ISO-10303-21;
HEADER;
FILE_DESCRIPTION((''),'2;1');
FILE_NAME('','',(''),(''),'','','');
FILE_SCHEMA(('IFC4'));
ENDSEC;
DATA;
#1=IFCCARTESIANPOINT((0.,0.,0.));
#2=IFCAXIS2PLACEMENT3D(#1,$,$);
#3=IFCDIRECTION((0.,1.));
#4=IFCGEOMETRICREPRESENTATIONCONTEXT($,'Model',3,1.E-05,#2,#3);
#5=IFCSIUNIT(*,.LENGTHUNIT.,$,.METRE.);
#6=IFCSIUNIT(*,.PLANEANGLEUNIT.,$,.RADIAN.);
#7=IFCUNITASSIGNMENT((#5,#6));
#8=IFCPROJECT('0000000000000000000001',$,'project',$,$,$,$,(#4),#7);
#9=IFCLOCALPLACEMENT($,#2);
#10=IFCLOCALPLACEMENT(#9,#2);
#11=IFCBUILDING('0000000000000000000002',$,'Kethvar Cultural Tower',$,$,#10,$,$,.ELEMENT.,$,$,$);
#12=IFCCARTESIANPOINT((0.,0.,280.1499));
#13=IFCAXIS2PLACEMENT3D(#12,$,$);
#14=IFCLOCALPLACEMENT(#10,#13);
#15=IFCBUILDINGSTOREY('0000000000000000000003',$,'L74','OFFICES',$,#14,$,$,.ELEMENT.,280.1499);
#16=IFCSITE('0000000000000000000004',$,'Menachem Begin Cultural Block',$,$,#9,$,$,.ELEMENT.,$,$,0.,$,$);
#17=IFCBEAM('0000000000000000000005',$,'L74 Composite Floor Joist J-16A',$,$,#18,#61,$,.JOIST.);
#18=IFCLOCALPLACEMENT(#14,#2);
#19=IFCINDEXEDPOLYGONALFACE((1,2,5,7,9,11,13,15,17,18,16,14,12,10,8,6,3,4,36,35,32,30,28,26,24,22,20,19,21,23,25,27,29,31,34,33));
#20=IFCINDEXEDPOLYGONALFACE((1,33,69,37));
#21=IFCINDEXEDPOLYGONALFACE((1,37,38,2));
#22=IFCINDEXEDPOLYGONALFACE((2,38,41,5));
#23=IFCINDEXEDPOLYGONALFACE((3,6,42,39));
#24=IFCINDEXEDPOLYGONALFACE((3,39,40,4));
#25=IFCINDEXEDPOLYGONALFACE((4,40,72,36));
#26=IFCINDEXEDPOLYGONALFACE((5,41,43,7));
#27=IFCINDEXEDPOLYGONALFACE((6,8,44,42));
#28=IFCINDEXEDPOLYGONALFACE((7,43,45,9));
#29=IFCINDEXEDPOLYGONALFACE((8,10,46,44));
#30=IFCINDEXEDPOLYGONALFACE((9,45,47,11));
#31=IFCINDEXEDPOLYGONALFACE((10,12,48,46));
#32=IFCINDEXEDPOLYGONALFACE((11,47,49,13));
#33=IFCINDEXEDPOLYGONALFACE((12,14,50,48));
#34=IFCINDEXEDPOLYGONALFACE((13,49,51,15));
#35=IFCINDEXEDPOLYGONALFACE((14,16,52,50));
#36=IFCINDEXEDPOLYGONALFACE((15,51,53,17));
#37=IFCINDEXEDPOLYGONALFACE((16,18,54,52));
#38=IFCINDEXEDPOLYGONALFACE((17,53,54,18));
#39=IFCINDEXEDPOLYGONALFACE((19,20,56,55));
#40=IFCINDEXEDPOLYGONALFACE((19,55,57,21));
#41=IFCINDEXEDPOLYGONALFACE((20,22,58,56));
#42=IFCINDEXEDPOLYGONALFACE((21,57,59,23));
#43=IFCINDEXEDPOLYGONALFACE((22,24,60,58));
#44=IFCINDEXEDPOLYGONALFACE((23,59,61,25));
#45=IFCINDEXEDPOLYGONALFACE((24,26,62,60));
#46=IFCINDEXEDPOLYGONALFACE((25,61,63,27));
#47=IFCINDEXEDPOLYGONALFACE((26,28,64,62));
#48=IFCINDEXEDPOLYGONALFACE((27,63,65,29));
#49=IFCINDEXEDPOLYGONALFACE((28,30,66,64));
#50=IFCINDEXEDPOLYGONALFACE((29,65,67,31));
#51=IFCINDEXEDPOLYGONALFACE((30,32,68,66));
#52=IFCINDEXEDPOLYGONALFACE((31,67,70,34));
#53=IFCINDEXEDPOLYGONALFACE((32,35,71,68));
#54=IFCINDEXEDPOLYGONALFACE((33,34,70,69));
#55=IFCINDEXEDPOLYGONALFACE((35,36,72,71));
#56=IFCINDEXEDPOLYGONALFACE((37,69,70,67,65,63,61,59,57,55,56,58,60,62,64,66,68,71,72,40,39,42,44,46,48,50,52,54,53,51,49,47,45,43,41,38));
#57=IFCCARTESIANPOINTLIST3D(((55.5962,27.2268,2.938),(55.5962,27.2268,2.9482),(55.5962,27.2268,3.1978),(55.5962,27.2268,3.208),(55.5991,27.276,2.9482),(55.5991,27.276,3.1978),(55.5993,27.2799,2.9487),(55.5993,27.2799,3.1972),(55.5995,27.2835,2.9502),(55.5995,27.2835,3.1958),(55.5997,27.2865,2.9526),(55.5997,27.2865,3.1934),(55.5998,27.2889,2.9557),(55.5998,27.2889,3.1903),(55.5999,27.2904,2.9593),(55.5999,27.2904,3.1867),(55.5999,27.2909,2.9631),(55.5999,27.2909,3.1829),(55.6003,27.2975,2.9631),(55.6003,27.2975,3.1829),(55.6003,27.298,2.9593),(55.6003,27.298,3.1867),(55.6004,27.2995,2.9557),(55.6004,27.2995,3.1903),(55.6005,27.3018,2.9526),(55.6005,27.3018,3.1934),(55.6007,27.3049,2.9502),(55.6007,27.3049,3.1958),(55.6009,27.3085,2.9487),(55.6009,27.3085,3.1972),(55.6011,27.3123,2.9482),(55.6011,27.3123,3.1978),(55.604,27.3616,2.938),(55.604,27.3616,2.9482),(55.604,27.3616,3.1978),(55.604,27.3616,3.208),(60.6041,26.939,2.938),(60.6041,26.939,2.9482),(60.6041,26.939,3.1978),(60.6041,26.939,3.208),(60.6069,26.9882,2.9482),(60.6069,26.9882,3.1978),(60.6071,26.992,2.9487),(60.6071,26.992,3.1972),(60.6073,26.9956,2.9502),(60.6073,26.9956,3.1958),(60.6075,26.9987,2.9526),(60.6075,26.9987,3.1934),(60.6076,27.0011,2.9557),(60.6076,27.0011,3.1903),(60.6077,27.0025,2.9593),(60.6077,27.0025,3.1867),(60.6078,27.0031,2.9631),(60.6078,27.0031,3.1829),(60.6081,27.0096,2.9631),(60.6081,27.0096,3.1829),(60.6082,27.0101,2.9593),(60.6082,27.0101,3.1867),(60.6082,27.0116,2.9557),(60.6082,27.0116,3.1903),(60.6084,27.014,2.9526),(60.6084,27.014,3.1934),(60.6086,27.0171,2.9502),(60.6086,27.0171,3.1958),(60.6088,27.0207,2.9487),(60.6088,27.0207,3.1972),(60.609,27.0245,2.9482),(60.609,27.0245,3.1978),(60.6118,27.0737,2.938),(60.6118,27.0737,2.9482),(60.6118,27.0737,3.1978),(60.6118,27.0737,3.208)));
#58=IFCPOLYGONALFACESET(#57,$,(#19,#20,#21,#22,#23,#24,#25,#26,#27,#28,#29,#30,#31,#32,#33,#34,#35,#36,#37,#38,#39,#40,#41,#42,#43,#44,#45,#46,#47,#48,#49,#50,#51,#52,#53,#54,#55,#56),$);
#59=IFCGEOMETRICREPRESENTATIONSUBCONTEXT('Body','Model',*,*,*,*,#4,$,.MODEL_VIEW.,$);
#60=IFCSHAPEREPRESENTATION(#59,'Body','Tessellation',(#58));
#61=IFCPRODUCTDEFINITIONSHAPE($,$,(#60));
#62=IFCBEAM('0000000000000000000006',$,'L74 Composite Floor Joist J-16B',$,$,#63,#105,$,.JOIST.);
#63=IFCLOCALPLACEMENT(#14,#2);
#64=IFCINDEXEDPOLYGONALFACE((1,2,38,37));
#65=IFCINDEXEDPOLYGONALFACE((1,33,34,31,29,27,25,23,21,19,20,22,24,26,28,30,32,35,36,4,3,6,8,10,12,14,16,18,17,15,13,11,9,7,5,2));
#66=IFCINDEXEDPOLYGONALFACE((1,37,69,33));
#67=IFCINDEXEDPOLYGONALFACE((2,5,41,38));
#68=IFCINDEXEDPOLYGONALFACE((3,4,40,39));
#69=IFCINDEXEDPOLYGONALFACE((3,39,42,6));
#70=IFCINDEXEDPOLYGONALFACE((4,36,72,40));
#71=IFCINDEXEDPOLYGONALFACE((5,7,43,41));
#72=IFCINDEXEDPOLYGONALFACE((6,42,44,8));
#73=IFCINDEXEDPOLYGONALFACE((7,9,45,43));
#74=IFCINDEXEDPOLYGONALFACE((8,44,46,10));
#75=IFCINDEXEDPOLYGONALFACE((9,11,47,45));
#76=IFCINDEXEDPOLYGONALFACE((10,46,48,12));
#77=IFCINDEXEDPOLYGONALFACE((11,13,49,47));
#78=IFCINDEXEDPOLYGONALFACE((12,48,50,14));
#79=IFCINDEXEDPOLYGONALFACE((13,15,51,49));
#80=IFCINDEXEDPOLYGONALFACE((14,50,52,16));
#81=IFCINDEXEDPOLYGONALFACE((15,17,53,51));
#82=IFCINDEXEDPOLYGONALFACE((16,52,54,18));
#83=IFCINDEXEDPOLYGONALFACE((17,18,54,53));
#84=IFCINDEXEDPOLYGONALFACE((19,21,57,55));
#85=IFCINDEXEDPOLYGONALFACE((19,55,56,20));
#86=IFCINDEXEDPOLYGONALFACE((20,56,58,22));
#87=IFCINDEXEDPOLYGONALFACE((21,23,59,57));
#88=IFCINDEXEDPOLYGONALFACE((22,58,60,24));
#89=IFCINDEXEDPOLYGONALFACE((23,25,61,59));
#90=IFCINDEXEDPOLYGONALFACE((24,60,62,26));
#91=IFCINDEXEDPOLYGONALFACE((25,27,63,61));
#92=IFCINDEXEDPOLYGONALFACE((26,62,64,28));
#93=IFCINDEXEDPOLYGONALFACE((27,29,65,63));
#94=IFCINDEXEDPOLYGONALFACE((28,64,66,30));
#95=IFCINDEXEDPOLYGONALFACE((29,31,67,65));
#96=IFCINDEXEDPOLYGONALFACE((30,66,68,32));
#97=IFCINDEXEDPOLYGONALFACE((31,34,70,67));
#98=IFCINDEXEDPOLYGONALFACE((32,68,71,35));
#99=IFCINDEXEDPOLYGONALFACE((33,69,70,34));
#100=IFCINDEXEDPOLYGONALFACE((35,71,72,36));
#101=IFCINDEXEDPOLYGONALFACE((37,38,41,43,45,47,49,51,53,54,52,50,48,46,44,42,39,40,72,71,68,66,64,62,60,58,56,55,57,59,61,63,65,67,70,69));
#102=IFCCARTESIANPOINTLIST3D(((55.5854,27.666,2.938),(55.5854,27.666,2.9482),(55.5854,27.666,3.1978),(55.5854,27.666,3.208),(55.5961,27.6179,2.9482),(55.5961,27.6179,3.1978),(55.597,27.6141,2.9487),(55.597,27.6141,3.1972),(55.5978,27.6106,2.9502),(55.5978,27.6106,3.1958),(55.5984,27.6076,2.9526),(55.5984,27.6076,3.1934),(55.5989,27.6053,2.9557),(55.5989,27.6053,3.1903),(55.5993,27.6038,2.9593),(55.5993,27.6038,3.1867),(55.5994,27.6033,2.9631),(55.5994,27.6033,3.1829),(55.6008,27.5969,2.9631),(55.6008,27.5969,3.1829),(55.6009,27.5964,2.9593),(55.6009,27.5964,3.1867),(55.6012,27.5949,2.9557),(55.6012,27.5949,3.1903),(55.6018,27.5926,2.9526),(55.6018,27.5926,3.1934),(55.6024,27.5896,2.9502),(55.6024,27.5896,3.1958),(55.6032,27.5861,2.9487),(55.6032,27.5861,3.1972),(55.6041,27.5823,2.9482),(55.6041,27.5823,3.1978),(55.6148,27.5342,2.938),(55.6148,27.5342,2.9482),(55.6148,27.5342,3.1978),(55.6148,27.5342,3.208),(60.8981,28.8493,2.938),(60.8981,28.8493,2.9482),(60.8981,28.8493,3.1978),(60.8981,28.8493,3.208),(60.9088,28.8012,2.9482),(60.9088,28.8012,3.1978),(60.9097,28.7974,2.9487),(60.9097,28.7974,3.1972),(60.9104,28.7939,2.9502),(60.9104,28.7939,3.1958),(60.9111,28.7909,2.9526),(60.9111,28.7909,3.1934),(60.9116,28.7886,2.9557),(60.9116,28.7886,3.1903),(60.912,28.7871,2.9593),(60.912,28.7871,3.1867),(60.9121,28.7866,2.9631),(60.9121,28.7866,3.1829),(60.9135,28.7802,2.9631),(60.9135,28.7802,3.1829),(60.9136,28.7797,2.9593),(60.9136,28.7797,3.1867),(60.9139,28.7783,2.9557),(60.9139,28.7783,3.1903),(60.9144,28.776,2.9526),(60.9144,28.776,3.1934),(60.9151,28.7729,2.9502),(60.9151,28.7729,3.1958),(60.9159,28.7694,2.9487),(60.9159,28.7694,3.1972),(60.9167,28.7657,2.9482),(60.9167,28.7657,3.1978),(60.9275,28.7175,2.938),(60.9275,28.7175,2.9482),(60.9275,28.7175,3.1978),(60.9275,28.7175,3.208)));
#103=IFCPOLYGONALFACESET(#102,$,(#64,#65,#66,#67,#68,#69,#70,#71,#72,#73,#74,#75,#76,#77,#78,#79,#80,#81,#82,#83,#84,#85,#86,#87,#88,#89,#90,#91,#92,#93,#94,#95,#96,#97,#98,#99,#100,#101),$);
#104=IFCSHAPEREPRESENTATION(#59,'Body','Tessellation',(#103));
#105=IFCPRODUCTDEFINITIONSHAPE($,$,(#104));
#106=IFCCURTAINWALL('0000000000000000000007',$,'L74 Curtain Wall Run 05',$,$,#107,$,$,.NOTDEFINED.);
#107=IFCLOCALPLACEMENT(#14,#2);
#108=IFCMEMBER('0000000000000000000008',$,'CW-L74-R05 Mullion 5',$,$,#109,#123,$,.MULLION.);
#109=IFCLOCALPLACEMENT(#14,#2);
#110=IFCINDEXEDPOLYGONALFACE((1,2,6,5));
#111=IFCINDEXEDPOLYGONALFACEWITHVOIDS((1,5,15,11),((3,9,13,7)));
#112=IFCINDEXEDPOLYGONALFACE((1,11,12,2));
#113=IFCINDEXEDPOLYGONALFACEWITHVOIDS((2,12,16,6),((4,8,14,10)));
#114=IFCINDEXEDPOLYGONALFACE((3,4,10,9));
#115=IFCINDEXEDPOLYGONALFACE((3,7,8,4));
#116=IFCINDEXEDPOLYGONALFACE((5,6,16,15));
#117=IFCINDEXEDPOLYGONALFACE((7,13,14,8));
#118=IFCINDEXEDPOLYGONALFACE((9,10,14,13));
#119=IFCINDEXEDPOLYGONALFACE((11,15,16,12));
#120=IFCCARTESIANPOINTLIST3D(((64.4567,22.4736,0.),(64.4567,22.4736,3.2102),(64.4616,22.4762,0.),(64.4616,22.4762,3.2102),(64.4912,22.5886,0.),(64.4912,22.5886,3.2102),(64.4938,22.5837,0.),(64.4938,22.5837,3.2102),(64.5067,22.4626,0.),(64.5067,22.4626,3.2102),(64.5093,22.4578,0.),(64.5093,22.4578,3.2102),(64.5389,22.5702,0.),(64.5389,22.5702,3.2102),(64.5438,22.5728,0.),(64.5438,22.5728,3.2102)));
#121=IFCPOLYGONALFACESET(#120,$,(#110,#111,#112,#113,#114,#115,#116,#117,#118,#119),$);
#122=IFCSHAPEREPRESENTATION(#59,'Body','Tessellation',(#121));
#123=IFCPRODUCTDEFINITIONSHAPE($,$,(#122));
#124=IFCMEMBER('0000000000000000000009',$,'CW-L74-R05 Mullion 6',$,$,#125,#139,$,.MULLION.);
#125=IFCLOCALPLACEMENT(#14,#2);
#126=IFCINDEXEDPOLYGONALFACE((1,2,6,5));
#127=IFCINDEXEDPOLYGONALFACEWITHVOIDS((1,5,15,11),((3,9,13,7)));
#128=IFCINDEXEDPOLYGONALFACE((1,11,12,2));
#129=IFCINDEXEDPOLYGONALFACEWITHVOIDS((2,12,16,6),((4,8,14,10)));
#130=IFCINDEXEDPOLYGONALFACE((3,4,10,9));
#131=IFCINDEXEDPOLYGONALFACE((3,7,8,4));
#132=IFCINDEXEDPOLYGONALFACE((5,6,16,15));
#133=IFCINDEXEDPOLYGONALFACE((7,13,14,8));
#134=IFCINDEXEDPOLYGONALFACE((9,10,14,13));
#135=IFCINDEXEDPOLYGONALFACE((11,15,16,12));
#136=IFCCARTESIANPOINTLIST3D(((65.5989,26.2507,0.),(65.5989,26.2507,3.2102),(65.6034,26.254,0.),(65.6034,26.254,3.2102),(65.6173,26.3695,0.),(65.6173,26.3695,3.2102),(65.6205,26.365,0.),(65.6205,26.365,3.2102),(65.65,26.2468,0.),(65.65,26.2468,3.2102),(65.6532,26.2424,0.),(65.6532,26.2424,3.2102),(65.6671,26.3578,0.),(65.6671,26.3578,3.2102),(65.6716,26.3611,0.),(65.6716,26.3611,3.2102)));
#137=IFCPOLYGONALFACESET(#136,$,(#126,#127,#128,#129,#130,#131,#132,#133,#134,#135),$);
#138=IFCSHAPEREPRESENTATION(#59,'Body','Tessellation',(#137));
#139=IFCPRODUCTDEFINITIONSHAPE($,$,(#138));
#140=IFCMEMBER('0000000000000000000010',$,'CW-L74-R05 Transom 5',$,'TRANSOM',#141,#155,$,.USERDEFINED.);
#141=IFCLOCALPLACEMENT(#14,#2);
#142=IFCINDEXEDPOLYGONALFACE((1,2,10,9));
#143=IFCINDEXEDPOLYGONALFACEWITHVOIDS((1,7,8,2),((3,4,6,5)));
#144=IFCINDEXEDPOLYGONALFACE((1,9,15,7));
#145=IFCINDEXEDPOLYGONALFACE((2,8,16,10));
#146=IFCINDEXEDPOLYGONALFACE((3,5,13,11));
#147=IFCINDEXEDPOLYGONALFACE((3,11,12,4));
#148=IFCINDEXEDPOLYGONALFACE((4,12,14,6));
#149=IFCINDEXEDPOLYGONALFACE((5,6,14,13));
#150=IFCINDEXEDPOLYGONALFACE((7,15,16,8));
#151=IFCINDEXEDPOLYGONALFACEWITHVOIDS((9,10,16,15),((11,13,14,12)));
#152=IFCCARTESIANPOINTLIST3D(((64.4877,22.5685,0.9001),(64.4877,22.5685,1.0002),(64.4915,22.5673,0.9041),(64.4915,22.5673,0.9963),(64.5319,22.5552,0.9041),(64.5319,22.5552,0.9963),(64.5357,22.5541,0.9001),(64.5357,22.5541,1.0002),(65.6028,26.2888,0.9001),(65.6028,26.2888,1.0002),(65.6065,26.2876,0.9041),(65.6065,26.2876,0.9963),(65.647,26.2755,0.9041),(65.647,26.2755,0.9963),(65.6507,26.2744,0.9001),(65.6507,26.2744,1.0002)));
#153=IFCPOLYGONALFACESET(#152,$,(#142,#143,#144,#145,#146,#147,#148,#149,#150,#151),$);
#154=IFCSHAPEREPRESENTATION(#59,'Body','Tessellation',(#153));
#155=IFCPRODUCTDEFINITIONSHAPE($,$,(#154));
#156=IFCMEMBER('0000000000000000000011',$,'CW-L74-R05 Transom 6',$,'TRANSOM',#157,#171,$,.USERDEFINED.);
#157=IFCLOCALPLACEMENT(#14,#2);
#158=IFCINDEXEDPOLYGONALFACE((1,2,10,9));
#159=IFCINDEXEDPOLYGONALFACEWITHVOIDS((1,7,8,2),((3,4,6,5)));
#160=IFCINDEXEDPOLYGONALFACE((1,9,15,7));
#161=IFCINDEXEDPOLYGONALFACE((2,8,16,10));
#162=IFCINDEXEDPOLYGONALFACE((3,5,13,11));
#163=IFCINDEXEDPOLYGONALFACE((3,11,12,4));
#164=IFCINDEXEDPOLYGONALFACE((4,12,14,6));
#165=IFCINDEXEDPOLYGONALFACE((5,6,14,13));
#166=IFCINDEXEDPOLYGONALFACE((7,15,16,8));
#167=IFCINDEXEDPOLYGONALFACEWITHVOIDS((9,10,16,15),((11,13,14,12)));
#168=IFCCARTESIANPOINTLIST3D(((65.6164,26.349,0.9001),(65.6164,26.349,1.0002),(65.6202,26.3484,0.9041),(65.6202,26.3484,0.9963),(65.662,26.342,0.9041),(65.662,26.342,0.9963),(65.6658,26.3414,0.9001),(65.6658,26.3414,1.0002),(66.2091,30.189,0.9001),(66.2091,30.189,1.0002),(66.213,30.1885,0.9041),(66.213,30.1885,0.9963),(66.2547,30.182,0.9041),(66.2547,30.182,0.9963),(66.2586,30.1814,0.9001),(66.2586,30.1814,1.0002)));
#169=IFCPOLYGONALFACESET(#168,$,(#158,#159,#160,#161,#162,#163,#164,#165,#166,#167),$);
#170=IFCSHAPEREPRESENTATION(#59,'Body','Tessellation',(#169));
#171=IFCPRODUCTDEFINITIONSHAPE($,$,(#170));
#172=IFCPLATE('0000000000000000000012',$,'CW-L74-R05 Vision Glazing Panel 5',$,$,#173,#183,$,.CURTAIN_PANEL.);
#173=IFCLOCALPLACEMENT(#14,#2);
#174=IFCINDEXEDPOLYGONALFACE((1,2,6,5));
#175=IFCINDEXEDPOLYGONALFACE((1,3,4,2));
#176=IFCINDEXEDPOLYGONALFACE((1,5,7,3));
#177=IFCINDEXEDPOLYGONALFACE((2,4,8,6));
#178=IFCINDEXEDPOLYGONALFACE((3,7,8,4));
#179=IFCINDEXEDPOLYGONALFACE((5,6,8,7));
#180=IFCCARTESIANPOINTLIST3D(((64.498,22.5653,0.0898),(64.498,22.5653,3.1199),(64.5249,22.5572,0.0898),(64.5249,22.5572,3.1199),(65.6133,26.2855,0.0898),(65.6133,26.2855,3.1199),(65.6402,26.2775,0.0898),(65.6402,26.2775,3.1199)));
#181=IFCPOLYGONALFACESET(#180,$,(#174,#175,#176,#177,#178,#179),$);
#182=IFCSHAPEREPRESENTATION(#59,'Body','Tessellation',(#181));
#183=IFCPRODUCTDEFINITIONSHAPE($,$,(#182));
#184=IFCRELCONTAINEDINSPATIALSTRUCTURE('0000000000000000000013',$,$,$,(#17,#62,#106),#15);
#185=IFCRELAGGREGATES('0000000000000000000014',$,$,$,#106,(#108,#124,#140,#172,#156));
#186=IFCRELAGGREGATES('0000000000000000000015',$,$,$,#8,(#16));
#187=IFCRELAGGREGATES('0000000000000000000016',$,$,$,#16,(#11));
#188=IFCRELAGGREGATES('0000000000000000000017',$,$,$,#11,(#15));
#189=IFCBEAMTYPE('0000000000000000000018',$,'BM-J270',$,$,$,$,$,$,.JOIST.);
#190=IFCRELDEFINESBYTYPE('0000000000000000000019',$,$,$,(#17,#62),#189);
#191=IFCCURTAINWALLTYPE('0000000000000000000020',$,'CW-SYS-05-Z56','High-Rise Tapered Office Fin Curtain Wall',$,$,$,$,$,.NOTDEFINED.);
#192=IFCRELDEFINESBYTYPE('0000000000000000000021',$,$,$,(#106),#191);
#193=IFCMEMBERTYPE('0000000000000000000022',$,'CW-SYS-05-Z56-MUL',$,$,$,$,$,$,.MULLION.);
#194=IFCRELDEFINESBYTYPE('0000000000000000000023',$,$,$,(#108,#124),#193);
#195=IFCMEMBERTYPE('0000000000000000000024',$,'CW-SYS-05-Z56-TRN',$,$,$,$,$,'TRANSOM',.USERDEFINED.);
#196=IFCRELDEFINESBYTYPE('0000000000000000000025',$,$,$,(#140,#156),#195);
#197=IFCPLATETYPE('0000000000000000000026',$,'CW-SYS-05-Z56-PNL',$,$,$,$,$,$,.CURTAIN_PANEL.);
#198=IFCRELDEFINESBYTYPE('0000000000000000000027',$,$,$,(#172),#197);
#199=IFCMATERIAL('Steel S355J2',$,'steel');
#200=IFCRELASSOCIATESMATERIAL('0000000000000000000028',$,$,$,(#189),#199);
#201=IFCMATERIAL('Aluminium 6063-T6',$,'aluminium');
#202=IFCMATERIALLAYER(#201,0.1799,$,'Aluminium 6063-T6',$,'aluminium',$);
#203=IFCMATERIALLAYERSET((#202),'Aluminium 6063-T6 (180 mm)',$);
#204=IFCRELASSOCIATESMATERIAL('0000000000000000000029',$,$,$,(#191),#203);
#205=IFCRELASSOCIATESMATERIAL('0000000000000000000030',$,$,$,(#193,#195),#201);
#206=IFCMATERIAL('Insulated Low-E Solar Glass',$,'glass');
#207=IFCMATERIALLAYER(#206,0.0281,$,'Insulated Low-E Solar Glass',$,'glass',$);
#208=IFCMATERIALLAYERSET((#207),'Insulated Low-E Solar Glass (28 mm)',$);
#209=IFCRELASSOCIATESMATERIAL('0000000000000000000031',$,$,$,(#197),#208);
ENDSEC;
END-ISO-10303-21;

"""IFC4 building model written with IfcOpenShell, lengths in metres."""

from ifc_helpers import new_model, si_unit, direction, frame, origin, origin_2d, place, context, subcontext, project, spatial, rectangle, hollow_rectangle, i_section, extrude, source, transform, mapped, material, layer, layer_set, material_profile, profile_set, type_object, element, aggregate, save


model = new_model("IFC4")

# Units and contexts
model_context = context("Model", 3, precision=1e-05, world=origin(), true_north=direction((0.0, 1.0)))
body_context = subcontext(model_context, "Body", "Model", "MODEL_VIEW")
ifc_project = project(units=[si_unit("LENGTHUNIT", "METRE"), si_unit("PLANEANGLEUNIT", "RADIAN")], contexts=[model_context])

# Site, building, storey
site_placement = place(None, origin())
site = spatial("IfcSite", under=ifc_project, at=site_placement, Name="Menachem Begin Cultural Block", CompositionType="ELEMENT", RefElevation=0.0)
building_placement = place(site_placement, origin())
building = spatial("IfcBuilding", under=site, at=building_placement, Name="Kethvar Cultural Tower", CompositionType="ELEMENT")
storey_placement = place(building_placement, frame((0.0, 0.0, 280.1499)))
storey = spatial("IfcBuildingStorey", under=building, at=storey_placement, Name="L74", Description="OFFICES", CompositionType="ELEMENT", Elevation=280.1499)

# Shared definitions
ifc_material_1 = material(Name="Steel S355J2", Category="steel")

# Beams
ifc_material_profile_1 = material_profile(ifc_material_1, i_section(OverallWidth=0.135, OverallDepth=0.27, WebThickness=0.0066, FlangeThickness=0.0103, FilletRadius=0.0149, at=origin_2d()), Name="Steel S355J2 — IPE270")
ifc_profile_set_1 = profile_set([ifc_material_profile_1], Name="Steel S355J2 — IPE270")
beam_type_1 = type_object("IfcBeamType", Name="BM-J270", PredefinedType="JOIST", material=ifc_profile_set_1)
shared_shape_1 = source(origin(), body_context, "Body", "SweptSolid", [
    extrude(i_section(OverallWidth=0.135, OverallDepth=0.27, WebThickness=0.0066, FlangeThickness=0.0103, FilletRadius=0.0149, at=origin_2d()), origin(), (0.0, 0.0, 1.0), 5.0161),
])
beam_1_placement = place(storey_placement, frame((55.6001, 27.2942, 3.073), z_axis=(0.998352, -0.057384, 0.0), x_axis=(0.057384, 0.998352, 0.0)))
element("IfcBeam", 1, at=beam_1_placement, inside=storey, type_object=beam_type_1, Name="L74 Composite Floor Joist J-16A", PredefinedType="JOIST", context=body_context, shape_type="MappedRepresentation", body=[
    mapped(shared_shape_1, transform((0.0, 0.0, 0.0), scale=1.0)),
])
shared_shape_2 = source(origin(), body_context, "Body", "SweptSolid", [
    extrude(i_section(OverallWidth=0.135, OverallDepth=0.27, WebThickness=0.0066, FlangeThickness=0.0103, FilletRadius=0.0149, at=origin_2d()), origin(), (0.0, 0.0, 1.0), 5.4429),
])
beam_2_placement = place(storey_placement, frame((55.6001, 27.6001, 3.073), z_axis=(0.97608, 0.21741, 0.0), x_axis=(-0.21741, 0.97608, 0.0)))
element("IfcBeam", 2, at=beam_2_placement, inside=storey, type_object=beam_type_1, Name="L74 Composite Floor Joist J-16B", PredefinedType="JOIST", context=body_context, shape_type="MappedRepresentation", body=[
    mapped(shared_shape_2, transform((0.0, 0.0, 0.0), scale=1.0)),
])

# Curtain wall, members, plate
ifc_material_2 = material(Name="Aluminium 6063-T6", Category="aluminium")
ifc_layer_1 = layer(ifc_material_2, 0.1799, Name="Aluminium 6063-T6", Category="aluminium")
ifc_layer_set_1 = layer_set([ifc_layer_1], Name="Aluminium 6063-T6 (180 mm)")
curtain_wall_type = type_object("IfcCurtainWallType", Name="CW-SYS-05-Z56", Description="High-Rise Tapered Office Fin Curtain Wall", PredefinedType="NOTDEFINED", material=ifc_layer_set_1)
curtain_wall_placement = place(storey_placement, origin())
curtain_wall = element("IfcCurtainWall", 3, at=curtain_wall_placement, inside=storey, type_object=curtain_wall_type, Name="L74 Curtain Wall Run 05", PredefinedType="NOTDEFINED")
ifc_material_profile_2 = material_profile(ifc_material_2, hollow_rectangle(XDim=0.0549, YDim=0.1201, WallThickness=0.0039, at=origin_2d()), Name="Aluminium 6063-T6 — RHS120x55x4")
ifc_profile_set_2 = profile_set([ifc_material_profile_2], Name="Aluminium 6063-T6 — RHS120x55x4")
member_type_1 = type_object("IfcMemberType", Name="CW-SYS-05-Z56-MUL", PredefinedType="MULLION", material=ifc_profile_set_2)
shared_shape_3 = source(origin(), body_context, "Body", "SweptSolid", [
    extrude(hollow_rectangle(XDim=0.0549, YDim=0.1201, WallThickness=0.0039, at=origin_2d()), origin(), (0.0, 0.0, 1.0), 3.2102),
])
member_1_placement = place(storey_placement, frame((64.5002, 22.5232, 0.0), z_axis=(0.0, 0.0, 1.0), x_axis=(-0.957883, 0.28716, 0.0)))
member_1 = element("IfcMember", 4, at=member_1_placement, type_object=member_type_1, Name="CW-L74-R05 Mullion 5", PredefinedType="MULLION", context=body_context, shape_type="MappedRepresentation", body=[
    mapped(shared_shape_3, transform((0.0, 0.0, 0.0), scale=1.0)),
])
member_2_placement = place(storey_placement, frame((65.6353, 26.3059, 0.0), z_axis=(0.0, 0.0, 1.0), x_axis=(-0.988295, 0.152555, 0.0)))
member_2 = element("IfcMember", 5, at=member_2_placement, type_object=member_type_1, Name="CW-L74-R05 Mullion 6", PredefinedType="MULLION", context=body_context, shape_type="MappedRepresentation", body=[
    mapped(shared_shape_3, transform((0.0, 0.0, 0.0), scale=1.0)),
])
ifc_material_profile_3 = material_profile(ifc_material_2, hollow_rectangle(XDim=0.05, YDim=0.1001, WallThickness=0.0039, at=origin_2d()), Name="Aluminium 6063-T6 — RHS100x50x4")
ifc_profile_set_3 = profile_set([ifc_material_profile_3], Name="Aluminium 6063-T6 — RHS100x50x4")
member_type_2 = type_object("IfcMemberType", Name="CW-SYS-05-Z56-TRN", ElementType="TRANSOM", PredefinedType="USERDEFINED", material=ifc_profile_set_3)
shared_shape_4 = source(origin(), body_context, "Body", "SweptSolid", [
    extrude(hollow_rectangle(XDim=0.05, YDim=0.1001, WallThickness=0.0039, at=origin_2d()), origin(), (0.0, 0.0, 1.0), 3.8838),
])
member_3_placement = place(storey_placement, frame((64.5117, 22.5613, 0.9502), z_axis=(0.287094, 0.957902, 0.0), x_axis=(-0.957902, 0.287094, 0.0)))
member_3 = element("IfcMember", 6, at=member_3_placement, type_object=member_type_2, Name="CW-L74-R05 Transom 5", ObjectType="TRANSOM", PredefinedType="USERDEFINED", context=body_context, shape_type="MappedRepresentation", body=[
    mapped(shared_shape_4, transform((0.0, 0.0, 0.0), scale=1.0)),
])
shared_shape_5 = source(origin(), body_context, "Body", "SweptSolid", [
    extrude(hollow_rectangle(XDim=0.05, YDim=0.1001, WallThickness=0.0039, at=origin_2d()), origin(), (0.0, 0.0, 1.0), 3.8855),
])
member_4_placement = place(storey_placement, frame((65.6411, 26.3452, 0.9502), z_axis=(0.152558, 0.988295, 0.0), x_axis=(-0.988295, 0.152558, 0.0)))
member_4 = element("IfcMember", 7, at=member_4_placement, type_object=member_type_2, Name="CW-L74-R05 Transom 6", ObjectType="TRANSOM", PredefinedType="USERDEFINED", context=body_context, shape_type="MappedRepresentation", body=[
    mapped(shared_shape_5, transform((0.0, 0.0, 0.0), scale=1.0)),
])
ifc_material_3 = material(Name="Insulated Low-E Solar Glass", Category="glass")
ifc_layer_2 = layer(ifc_material_3, 0.0281, Name="Insulated Low-E Solar Glass", Category="glass")
ifc_layer_set_2 = layer_set([ifc_layer_2], Name="Insulated Low-E Solar Glass (28 mm)")
plate_type = type_object("IfcPlateType", Name="CW-SYS-05-Z56-PNL", PredefinedType="CURTAIN_PANEL", material=ifc_layer_set_2)
shared_shape_6 = source(origin(), body_context, "Body", "SweptSolid", [
    extrude(rectangle(XDim=3.8838, YDim=0.0281, at=origin_2d()), origin(), (0.0, 0.0, 1.0), 3.03),
])
plate_1_placement = place(storey_placement, frame((65.0691, 24.4214, 0.0898), z_axis=(0.0, 0.0, 1.0), x_axis=(0.28716, 0.957883, 0.0)))
plate_1 = element("IfcPlate", 8, at=plate_1_placement, type_object=plate_type, Name="CW-L74-R05 Vision Glazing Panel 5", PredefinedType="CURTAIN_PANEL", context=body_context, shape_type="MappedRepresentation", body=[
    mapped(shared_shape_6, transform((0.0, 0.0, 0.0), scale=1.0)),
])
aggregate(curtain_wall, [member_1, member_2, member_3, plate_1, member_4])

save(model, "model.ifc")
